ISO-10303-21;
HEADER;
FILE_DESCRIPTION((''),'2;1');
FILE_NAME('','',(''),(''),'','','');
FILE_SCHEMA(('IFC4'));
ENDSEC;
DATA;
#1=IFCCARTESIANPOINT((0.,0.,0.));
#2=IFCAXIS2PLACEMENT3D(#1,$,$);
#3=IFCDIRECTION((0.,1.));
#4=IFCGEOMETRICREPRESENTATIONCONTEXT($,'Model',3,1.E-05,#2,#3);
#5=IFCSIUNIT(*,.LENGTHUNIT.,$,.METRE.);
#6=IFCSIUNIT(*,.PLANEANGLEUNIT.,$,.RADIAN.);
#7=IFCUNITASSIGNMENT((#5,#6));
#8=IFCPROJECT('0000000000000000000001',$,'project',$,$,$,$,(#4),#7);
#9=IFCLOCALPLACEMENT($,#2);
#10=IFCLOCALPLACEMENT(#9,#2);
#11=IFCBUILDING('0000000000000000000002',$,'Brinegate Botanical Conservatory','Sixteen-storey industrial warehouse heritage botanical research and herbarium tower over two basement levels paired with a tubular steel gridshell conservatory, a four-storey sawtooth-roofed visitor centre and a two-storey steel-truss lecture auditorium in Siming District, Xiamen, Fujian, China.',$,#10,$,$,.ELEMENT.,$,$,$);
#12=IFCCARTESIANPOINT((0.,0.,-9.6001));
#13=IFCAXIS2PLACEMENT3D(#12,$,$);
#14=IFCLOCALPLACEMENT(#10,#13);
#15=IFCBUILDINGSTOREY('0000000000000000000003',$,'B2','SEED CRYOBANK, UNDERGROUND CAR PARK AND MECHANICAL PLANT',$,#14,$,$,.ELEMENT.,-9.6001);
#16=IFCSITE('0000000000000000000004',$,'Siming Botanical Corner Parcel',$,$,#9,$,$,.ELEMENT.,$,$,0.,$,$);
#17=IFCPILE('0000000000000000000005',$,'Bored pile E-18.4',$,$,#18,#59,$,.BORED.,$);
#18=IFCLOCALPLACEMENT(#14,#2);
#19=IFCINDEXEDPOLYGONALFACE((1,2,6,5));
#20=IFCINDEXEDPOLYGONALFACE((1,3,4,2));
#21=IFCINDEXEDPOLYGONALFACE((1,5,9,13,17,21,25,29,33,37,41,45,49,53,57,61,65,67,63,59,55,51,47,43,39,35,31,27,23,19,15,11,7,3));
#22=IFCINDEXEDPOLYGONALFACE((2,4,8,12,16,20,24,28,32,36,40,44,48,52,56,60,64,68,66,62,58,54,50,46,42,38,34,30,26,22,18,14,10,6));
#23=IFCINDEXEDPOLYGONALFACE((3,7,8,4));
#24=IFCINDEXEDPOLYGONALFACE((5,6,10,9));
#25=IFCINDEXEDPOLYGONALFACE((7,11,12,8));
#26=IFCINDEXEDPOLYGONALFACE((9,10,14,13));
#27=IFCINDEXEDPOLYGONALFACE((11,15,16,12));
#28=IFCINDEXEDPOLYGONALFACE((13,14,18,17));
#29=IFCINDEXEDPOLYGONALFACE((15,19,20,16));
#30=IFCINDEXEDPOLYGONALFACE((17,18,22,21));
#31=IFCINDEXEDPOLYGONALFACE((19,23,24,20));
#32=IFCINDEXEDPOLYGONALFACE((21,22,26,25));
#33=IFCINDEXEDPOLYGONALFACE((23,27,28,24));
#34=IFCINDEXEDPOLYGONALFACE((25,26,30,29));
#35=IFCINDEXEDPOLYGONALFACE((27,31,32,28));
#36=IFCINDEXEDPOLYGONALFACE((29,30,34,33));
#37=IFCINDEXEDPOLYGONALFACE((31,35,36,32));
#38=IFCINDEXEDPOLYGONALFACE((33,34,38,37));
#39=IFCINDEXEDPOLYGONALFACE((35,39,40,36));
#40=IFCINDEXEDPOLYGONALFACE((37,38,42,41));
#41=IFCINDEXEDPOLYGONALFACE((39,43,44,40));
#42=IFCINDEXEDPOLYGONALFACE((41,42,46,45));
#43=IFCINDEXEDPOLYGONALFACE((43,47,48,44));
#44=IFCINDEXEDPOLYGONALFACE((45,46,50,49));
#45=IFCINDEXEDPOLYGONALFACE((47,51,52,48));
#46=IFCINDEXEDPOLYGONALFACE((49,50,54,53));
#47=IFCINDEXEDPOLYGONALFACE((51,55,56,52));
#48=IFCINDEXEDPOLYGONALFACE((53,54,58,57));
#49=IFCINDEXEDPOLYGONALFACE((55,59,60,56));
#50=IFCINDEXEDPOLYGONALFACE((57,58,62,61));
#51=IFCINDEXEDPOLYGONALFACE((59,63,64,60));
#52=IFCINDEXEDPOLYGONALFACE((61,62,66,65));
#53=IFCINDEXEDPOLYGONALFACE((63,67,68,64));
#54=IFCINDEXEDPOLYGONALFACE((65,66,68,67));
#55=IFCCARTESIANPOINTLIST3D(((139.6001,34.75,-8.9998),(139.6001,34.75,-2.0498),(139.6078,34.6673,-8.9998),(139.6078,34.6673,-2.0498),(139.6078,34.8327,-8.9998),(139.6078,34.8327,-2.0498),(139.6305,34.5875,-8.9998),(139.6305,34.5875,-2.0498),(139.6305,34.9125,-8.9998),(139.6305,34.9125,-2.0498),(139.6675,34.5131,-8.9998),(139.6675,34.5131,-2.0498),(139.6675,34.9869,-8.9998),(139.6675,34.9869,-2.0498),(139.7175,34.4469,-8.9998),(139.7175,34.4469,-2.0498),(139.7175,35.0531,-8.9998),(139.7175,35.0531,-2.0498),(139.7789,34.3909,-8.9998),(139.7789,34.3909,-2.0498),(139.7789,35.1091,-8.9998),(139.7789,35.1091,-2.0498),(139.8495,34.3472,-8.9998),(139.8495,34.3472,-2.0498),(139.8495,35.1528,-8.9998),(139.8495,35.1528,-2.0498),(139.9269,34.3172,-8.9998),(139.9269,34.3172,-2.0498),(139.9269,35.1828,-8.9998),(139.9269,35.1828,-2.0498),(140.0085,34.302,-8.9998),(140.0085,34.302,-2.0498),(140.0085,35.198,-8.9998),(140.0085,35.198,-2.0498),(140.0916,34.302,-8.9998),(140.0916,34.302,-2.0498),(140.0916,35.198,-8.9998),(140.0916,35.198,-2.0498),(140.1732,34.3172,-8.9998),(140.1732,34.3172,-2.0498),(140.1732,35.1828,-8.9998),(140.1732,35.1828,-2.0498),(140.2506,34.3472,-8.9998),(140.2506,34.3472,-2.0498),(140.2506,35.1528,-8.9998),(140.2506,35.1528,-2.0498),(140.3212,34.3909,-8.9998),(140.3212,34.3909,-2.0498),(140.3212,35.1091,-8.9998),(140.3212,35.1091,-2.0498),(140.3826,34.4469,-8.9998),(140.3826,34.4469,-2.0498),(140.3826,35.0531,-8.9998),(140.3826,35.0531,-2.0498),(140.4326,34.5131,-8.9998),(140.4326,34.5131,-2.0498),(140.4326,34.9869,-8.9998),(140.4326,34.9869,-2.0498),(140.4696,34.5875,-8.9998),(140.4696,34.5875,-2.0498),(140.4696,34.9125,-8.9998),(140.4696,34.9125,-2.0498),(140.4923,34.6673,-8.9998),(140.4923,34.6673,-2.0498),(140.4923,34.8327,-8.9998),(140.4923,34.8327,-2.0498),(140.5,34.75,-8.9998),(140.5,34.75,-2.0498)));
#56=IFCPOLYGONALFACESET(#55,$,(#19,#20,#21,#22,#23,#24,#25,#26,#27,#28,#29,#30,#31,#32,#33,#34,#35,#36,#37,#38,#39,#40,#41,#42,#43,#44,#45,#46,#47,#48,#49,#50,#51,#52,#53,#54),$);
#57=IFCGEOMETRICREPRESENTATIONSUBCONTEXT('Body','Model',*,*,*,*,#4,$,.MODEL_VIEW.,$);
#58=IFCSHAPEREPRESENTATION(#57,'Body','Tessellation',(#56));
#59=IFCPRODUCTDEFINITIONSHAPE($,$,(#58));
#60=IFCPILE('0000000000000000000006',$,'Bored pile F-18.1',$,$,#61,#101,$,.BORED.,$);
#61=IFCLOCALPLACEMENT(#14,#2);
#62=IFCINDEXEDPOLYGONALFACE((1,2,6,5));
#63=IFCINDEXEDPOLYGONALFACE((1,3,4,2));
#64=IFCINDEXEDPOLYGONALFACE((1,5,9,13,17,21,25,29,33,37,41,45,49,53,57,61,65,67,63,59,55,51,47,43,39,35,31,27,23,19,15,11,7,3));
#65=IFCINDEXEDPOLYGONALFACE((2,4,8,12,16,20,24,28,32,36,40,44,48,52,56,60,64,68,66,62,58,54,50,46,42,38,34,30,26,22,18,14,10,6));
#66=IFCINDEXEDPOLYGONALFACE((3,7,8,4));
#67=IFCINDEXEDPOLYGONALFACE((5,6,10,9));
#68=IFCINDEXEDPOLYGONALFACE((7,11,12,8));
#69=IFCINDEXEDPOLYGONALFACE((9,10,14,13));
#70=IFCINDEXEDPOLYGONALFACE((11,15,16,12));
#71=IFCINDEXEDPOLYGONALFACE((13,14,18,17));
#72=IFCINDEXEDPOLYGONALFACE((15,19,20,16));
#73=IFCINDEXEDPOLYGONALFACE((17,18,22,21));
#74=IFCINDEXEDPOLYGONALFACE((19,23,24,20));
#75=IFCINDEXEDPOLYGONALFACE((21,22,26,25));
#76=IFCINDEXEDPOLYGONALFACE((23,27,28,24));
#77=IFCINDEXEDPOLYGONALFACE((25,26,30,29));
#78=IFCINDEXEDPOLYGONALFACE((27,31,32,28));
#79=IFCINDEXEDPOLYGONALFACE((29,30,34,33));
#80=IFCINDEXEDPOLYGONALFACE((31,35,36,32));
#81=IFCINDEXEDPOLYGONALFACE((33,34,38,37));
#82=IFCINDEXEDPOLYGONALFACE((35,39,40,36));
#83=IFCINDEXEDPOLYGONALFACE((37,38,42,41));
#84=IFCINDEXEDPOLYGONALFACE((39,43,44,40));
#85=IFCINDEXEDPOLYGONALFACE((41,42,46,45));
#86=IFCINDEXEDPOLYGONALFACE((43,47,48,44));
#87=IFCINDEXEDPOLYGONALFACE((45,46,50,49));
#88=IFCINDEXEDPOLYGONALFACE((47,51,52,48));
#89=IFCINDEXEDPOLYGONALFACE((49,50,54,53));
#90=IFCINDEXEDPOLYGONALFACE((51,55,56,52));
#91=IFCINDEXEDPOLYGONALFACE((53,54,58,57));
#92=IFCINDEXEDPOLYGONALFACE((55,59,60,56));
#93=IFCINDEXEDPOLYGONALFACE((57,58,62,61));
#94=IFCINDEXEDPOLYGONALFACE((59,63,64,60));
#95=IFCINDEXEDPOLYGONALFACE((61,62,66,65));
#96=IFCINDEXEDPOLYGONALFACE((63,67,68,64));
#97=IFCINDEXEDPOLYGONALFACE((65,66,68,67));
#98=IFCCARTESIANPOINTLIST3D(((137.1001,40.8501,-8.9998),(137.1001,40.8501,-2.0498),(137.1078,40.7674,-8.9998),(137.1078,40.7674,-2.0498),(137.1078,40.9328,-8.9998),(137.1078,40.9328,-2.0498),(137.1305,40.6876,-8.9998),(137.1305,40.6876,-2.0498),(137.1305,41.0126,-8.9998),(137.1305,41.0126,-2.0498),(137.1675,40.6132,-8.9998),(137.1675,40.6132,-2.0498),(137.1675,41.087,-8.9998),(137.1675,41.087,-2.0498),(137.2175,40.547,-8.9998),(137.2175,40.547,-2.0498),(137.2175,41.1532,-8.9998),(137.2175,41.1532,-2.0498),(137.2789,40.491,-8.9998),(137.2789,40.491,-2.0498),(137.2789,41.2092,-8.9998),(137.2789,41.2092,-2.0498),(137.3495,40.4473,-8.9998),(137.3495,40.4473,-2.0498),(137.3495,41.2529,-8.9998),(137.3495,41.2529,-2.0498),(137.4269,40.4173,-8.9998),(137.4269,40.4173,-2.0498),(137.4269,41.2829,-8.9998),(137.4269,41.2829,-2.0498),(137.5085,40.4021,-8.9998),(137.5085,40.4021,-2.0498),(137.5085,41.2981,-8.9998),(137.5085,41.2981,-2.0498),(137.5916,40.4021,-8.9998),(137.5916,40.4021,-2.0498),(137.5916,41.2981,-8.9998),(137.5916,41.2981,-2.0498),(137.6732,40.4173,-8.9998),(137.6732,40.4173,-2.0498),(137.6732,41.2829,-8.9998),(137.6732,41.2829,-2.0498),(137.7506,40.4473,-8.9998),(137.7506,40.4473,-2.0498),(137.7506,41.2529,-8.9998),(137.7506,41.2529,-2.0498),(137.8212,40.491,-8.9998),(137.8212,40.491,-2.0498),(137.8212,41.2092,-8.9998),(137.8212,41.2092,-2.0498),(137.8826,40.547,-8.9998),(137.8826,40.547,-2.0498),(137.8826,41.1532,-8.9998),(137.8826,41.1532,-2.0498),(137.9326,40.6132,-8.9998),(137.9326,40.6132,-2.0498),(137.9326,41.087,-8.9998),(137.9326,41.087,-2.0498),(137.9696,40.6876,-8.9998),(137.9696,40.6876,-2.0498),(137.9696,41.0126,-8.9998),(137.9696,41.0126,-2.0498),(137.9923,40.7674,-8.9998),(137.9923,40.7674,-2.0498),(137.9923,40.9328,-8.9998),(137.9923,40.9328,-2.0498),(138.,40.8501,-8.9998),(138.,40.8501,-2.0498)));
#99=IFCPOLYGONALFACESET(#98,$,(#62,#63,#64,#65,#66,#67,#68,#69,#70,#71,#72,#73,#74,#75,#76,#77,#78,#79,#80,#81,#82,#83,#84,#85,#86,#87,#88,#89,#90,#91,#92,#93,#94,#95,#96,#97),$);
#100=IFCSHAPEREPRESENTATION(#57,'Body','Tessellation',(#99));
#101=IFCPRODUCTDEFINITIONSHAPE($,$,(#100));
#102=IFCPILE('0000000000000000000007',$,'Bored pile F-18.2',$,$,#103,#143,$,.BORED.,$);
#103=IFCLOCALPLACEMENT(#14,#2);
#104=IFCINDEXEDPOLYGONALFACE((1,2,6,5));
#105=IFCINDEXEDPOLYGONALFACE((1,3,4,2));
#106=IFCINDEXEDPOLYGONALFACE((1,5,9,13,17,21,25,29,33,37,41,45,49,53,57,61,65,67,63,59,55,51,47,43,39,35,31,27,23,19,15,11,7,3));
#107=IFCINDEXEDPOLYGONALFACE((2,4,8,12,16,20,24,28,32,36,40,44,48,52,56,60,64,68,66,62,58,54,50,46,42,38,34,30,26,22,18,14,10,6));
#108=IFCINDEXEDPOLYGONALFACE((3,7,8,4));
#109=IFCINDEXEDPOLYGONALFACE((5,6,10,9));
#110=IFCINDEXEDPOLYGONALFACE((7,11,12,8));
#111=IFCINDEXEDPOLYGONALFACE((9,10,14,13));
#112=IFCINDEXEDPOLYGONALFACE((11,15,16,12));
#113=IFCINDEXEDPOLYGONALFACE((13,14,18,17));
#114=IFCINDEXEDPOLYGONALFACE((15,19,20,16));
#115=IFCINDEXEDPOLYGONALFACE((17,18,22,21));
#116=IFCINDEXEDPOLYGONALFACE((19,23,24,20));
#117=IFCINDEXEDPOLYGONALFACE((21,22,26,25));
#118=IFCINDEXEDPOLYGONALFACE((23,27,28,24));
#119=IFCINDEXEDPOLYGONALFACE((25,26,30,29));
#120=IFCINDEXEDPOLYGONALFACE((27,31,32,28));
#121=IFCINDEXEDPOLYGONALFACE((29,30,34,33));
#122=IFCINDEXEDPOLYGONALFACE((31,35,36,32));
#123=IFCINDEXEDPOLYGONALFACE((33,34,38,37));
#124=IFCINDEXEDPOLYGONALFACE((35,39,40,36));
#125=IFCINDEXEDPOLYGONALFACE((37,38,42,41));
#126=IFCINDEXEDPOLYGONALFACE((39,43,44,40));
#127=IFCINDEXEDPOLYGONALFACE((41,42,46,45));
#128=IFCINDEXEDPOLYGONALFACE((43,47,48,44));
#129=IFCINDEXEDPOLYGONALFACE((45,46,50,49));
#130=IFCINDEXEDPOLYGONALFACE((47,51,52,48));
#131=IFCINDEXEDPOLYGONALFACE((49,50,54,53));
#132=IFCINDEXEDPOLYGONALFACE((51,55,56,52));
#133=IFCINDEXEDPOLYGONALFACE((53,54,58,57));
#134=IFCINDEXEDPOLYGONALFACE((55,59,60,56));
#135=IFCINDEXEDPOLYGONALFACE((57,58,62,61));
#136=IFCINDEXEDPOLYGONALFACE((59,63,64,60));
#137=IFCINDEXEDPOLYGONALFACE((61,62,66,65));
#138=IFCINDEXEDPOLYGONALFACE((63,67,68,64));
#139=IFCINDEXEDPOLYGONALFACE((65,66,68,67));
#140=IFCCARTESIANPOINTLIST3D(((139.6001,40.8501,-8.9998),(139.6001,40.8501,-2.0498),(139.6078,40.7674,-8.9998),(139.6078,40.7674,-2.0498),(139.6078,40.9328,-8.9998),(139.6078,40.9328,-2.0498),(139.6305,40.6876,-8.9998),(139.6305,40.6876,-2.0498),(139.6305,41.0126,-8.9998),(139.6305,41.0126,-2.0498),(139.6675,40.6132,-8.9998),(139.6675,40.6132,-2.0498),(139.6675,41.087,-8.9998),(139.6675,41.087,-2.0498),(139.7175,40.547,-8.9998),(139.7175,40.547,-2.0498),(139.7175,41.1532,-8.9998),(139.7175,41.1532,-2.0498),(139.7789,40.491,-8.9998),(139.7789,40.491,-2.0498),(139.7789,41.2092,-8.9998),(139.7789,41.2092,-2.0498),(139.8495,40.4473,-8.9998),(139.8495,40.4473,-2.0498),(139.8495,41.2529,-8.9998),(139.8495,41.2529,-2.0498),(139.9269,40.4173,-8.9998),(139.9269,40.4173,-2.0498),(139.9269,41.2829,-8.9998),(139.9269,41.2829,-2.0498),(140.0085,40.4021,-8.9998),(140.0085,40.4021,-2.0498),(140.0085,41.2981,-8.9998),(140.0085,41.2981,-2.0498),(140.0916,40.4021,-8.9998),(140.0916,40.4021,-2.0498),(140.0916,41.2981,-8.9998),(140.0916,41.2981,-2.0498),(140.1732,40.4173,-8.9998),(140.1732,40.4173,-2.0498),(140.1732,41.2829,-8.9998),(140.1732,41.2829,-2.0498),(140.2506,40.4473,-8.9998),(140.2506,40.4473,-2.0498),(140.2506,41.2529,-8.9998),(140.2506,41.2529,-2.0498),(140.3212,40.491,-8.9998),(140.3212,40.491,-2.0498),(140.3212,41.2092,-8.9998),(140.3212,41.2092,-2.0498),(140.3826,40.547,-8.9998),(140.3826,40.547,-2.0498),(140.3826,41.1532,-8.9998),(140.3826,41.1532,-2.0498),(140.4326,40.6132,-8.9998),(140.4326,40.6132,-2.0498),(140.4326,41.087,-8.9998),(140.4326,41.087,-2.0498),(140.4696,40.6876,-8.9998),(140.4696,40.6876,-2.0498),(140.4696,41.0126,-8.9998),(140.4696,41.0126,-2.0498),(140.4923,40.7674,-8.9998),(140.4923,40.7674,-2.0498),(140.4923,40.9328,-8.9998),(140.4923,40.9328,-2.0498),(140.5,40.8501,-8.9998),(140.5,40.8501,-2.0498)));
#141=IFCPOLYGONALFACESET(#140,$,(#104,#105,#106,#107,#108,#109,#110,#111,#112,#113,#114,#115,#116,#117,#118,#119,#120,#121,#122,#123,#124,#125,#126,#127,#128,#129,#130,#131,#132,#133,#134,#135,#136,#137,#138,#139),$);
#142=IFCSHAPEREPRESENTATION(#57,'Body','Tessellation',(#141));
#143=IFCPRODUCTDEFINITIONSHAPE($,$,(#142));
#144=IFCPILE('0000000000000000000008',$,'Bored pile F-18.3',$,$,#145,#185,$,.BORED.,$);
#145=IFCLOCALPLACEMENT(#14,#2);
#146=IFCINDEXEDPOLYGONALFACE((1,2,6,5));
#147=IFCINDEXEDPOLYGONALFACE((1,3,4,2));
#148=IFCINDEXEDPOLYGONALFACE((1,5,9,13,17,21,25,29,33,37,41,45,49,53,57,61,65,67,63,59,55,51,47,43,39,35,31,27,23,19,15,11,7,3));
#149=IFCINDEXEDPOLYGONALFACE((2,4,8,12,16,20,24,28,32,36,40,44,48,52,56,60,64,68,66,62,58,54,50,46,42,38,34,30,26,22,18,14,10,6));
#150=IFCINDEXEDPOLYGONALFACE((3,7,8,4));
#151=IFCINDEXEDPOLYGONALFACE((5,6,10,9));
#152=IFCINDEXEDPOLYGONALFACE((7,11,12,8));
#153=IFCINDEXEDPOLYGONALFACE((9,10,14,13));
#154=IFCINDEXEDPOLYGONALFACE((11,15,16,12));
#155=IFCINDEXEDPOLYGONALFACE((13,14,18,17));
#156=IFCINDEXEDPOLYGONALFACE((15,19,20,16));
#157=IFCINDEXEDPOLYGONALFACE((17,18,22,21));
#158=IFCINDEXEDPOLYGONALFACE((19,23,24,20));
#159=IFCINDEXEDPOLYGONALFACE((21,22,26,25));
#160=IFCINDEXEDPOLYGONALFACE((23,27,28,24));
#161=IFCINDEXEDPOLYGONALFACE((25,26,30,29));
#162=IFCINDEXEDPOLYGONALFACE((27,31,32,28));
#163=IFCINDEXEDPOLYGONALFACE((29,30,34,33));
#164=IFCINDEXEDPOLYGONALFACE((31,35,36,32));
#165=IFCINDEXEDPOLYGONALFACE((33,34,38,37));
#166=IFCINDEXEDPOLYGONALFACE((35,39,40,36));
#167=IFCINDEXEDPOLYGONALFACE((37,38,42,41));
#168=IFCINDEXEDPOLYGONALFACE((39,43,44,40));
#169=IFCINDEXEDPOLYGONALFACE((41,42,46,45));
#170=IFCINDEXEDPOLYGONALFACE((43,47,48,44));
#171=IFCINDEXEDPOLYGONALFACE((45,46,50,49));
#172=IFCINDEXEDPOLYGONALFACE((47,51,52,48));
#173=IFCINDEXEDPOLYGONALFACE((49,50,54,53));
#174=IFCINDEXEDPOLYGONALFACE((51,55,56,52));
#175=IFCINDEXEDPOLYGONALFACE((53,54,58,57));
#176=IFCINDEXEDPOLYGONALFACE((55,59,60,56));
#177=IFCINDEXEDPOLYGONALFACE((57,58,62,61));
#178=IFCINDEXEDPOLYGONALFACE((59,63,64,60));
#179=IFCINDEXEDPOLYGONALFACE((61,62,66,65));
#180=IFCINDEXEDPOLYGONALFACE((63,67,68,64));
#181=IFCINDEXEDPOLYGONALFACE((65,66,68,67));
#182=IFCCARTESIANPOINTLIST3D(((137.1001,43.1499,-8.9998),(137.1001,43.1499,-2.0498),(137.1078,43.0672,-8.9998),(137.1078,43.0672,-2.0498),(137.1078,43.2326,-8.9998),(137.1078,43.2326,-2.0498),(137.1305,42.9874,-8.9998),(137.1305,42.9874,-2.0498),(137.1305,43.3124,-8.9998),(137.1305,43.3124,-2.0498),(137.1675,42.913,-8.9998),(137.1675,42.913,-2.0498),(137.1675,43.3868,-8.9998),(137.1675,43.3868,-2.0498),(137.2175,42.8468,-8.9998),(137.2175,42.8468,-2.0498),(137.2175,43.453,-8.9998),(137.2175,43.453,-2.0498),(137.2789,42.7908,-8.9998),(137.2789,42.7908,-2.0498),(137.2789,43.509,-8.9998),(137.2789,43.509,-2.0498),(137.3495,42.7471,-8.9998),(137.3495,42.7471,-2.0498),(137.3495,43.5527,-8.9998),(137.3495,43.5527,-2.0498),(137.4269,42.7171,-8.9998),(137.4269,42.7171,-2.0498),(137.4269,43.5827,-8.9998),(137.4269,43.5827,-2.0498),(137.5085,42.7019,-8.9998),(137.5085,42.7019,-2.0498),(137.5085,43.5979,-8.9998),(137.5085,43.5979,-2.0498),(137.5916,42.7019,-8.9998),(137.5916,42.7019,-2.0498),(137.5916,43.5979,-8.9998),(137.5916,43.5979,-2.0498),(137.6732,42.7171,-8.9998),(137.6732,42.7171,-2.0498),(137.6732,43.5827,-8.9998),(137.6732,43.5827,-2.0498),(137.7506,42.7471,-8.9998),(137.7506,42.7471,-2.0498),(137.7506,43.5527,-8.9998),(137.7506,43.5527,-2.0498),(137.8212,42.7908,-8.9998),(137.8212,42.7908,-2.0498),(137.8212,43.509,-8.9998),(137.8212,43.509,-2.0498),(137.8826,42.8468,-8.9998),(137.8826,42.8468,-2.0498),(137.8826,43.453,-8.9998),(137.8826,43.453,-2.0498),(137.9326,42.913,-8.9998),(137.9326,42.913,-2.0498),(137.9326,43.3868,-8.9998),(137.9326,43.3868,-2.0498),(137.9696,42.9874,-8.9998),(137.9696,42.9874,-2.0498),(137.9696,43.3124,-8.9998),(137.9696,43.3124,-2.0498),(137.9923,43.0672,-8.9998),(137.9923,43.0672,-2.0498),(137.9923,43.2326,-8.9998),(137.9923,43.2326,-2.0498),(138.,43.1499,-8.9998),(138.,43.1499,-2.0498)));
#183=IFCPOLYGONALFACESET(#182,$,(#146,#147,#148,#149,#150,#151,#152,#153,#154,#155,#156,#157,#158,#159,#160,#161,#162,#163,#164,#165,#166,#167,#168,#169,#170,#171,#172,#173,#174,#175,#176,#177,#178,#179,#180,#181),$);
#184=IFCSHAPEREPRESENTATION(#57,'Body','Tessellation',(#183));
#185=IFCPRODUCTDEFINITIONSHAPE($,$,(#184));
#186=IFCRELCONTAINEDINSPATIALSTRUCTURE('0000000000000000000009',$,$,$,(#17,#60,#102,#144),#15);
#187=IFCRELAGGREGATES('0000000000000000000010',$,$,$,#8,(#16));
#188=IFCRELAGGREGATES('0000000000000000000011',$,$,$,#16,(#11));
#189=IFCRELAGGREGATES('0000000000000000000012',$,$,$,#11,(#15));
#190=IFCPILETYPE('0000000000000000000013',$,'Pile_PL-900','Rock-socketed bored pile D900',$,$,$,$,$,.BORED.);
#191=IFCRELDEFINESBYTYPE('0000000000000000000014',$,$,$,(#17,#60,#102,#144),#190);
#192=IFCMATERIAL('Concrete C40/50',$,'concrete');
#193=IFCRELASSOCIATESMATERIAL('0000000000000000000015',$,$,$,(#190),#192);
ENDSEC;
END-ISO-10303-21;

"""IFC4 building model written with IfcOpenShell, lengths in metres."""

from ifc_helpers import new_model, si_unit, direction, frame, origin, origin_2d, place, context, subcontext, project, spatial, circle, extrude, material, material_profile, profile_set, type_object, element, save


model = new_model("IFC4")

# Units and contexts
model_context = context("Model", 3, precision=1e-05, world=origin(), true_north=direction((0.0, 1.0)))
body_context = subcontext(model_context, "Body", "Model", "MODEL_VIEW")
ifc_project = project(units=[si_unit("LENGTHUNIT", "METRE"), si_unit("PLANEANGLEUNIT", "RADIAN")], contexts=[model_context])

# Site, building, storey
site_placement = place(None, origin())
site = spatial("IfcSite", under=ifc_project, at=site_placement, Name="Siming Botanical Corner Parcel", CompositionType="ELEMENT", RefElevation=0.0)
building_placement = place(site_placement, origin())
building = spatial("IfcBuilding", under=site, at=building_placement, Name="Brinegate Botanical Conservatory", Description="Sixteen-storey industrial warehouse heritage botanical research and herbarium tower over two basement levels paired with a tubular steel gridshell conservatory, a four-storey sawtooth-roofed visitor centre and a two-storey steel-truss lecture auditorium in Siming District, Xiamen, Fujian, China.", CompositionType="ELEMENT")
storey_placement = place(building_placement, frame((0.0, 0.0, -9.6001)))
storey = spatial("IfcBuildingStorey", under=building, at=storey_placement, Name="B2", Description="SEED CRYOBANK, UNDERGROUND CAR PARK AND MECHANICAL PLANT", CompositionType="ELEMENT", Elevation=-9.6001)

# Shared definitions
ifc_material_1 = material(Name="Concrete C40/50", Category="concrete")

# Piles
ifc_material_profile_1 = material_profile(ifc_material_1, circle(Radius=0.45, at=origin_2d()), Name="PILE D900")
ifc_profile_set_1 = profile_set([ifc_material_profile_1], Name="Concrete C40/50")
pile_type = type_object("IfcPileType", Name="Pile_PL-900", Description="Rock-socketed bored pile D900", PredefinedType="BORED", material=ifc_profile_set_1)
for number, where, z_axis, x_axis, name in (
    (1, (140.05, 34.75, -2.0498), (0.0, 0.0, -1.0), (1.0, 0.0, 0.0), "Bored pile E-18.4"),
    (2, (137.55, 40.8501, -2.0498), (0.0, 0.0, -1.0), (1.0, 0.0, 0.0), "Bored pile F-18.1"),
    (3, (140.05, 40.8501, -2.0498), (0.0, 0.0, -1.0), (1.0, 0.0, 0.0), "Bored pile F-18.2"),
    (4, (137.55, 43.1499, -2.0498), (0.0, 0.0, -1.0), (1.0, 0.0, 0.0), "Bored pile F-18.3"),
):
    element("IfcPile", number, at=place(storey_placement, frame(where, z_axis=z_axis, x_axis=x_axis)), inside=storey, type_object=pile_type, Name=name, PredefinedType="BORED", context=body_context, shape_type="SweptSolid", body=[
        extrude(circle(Radius=0.45, at=origin_2d()), origin(), (0.0, 0.0, 1.0), 6.95),
    ])

save(model, "model.ifc")
